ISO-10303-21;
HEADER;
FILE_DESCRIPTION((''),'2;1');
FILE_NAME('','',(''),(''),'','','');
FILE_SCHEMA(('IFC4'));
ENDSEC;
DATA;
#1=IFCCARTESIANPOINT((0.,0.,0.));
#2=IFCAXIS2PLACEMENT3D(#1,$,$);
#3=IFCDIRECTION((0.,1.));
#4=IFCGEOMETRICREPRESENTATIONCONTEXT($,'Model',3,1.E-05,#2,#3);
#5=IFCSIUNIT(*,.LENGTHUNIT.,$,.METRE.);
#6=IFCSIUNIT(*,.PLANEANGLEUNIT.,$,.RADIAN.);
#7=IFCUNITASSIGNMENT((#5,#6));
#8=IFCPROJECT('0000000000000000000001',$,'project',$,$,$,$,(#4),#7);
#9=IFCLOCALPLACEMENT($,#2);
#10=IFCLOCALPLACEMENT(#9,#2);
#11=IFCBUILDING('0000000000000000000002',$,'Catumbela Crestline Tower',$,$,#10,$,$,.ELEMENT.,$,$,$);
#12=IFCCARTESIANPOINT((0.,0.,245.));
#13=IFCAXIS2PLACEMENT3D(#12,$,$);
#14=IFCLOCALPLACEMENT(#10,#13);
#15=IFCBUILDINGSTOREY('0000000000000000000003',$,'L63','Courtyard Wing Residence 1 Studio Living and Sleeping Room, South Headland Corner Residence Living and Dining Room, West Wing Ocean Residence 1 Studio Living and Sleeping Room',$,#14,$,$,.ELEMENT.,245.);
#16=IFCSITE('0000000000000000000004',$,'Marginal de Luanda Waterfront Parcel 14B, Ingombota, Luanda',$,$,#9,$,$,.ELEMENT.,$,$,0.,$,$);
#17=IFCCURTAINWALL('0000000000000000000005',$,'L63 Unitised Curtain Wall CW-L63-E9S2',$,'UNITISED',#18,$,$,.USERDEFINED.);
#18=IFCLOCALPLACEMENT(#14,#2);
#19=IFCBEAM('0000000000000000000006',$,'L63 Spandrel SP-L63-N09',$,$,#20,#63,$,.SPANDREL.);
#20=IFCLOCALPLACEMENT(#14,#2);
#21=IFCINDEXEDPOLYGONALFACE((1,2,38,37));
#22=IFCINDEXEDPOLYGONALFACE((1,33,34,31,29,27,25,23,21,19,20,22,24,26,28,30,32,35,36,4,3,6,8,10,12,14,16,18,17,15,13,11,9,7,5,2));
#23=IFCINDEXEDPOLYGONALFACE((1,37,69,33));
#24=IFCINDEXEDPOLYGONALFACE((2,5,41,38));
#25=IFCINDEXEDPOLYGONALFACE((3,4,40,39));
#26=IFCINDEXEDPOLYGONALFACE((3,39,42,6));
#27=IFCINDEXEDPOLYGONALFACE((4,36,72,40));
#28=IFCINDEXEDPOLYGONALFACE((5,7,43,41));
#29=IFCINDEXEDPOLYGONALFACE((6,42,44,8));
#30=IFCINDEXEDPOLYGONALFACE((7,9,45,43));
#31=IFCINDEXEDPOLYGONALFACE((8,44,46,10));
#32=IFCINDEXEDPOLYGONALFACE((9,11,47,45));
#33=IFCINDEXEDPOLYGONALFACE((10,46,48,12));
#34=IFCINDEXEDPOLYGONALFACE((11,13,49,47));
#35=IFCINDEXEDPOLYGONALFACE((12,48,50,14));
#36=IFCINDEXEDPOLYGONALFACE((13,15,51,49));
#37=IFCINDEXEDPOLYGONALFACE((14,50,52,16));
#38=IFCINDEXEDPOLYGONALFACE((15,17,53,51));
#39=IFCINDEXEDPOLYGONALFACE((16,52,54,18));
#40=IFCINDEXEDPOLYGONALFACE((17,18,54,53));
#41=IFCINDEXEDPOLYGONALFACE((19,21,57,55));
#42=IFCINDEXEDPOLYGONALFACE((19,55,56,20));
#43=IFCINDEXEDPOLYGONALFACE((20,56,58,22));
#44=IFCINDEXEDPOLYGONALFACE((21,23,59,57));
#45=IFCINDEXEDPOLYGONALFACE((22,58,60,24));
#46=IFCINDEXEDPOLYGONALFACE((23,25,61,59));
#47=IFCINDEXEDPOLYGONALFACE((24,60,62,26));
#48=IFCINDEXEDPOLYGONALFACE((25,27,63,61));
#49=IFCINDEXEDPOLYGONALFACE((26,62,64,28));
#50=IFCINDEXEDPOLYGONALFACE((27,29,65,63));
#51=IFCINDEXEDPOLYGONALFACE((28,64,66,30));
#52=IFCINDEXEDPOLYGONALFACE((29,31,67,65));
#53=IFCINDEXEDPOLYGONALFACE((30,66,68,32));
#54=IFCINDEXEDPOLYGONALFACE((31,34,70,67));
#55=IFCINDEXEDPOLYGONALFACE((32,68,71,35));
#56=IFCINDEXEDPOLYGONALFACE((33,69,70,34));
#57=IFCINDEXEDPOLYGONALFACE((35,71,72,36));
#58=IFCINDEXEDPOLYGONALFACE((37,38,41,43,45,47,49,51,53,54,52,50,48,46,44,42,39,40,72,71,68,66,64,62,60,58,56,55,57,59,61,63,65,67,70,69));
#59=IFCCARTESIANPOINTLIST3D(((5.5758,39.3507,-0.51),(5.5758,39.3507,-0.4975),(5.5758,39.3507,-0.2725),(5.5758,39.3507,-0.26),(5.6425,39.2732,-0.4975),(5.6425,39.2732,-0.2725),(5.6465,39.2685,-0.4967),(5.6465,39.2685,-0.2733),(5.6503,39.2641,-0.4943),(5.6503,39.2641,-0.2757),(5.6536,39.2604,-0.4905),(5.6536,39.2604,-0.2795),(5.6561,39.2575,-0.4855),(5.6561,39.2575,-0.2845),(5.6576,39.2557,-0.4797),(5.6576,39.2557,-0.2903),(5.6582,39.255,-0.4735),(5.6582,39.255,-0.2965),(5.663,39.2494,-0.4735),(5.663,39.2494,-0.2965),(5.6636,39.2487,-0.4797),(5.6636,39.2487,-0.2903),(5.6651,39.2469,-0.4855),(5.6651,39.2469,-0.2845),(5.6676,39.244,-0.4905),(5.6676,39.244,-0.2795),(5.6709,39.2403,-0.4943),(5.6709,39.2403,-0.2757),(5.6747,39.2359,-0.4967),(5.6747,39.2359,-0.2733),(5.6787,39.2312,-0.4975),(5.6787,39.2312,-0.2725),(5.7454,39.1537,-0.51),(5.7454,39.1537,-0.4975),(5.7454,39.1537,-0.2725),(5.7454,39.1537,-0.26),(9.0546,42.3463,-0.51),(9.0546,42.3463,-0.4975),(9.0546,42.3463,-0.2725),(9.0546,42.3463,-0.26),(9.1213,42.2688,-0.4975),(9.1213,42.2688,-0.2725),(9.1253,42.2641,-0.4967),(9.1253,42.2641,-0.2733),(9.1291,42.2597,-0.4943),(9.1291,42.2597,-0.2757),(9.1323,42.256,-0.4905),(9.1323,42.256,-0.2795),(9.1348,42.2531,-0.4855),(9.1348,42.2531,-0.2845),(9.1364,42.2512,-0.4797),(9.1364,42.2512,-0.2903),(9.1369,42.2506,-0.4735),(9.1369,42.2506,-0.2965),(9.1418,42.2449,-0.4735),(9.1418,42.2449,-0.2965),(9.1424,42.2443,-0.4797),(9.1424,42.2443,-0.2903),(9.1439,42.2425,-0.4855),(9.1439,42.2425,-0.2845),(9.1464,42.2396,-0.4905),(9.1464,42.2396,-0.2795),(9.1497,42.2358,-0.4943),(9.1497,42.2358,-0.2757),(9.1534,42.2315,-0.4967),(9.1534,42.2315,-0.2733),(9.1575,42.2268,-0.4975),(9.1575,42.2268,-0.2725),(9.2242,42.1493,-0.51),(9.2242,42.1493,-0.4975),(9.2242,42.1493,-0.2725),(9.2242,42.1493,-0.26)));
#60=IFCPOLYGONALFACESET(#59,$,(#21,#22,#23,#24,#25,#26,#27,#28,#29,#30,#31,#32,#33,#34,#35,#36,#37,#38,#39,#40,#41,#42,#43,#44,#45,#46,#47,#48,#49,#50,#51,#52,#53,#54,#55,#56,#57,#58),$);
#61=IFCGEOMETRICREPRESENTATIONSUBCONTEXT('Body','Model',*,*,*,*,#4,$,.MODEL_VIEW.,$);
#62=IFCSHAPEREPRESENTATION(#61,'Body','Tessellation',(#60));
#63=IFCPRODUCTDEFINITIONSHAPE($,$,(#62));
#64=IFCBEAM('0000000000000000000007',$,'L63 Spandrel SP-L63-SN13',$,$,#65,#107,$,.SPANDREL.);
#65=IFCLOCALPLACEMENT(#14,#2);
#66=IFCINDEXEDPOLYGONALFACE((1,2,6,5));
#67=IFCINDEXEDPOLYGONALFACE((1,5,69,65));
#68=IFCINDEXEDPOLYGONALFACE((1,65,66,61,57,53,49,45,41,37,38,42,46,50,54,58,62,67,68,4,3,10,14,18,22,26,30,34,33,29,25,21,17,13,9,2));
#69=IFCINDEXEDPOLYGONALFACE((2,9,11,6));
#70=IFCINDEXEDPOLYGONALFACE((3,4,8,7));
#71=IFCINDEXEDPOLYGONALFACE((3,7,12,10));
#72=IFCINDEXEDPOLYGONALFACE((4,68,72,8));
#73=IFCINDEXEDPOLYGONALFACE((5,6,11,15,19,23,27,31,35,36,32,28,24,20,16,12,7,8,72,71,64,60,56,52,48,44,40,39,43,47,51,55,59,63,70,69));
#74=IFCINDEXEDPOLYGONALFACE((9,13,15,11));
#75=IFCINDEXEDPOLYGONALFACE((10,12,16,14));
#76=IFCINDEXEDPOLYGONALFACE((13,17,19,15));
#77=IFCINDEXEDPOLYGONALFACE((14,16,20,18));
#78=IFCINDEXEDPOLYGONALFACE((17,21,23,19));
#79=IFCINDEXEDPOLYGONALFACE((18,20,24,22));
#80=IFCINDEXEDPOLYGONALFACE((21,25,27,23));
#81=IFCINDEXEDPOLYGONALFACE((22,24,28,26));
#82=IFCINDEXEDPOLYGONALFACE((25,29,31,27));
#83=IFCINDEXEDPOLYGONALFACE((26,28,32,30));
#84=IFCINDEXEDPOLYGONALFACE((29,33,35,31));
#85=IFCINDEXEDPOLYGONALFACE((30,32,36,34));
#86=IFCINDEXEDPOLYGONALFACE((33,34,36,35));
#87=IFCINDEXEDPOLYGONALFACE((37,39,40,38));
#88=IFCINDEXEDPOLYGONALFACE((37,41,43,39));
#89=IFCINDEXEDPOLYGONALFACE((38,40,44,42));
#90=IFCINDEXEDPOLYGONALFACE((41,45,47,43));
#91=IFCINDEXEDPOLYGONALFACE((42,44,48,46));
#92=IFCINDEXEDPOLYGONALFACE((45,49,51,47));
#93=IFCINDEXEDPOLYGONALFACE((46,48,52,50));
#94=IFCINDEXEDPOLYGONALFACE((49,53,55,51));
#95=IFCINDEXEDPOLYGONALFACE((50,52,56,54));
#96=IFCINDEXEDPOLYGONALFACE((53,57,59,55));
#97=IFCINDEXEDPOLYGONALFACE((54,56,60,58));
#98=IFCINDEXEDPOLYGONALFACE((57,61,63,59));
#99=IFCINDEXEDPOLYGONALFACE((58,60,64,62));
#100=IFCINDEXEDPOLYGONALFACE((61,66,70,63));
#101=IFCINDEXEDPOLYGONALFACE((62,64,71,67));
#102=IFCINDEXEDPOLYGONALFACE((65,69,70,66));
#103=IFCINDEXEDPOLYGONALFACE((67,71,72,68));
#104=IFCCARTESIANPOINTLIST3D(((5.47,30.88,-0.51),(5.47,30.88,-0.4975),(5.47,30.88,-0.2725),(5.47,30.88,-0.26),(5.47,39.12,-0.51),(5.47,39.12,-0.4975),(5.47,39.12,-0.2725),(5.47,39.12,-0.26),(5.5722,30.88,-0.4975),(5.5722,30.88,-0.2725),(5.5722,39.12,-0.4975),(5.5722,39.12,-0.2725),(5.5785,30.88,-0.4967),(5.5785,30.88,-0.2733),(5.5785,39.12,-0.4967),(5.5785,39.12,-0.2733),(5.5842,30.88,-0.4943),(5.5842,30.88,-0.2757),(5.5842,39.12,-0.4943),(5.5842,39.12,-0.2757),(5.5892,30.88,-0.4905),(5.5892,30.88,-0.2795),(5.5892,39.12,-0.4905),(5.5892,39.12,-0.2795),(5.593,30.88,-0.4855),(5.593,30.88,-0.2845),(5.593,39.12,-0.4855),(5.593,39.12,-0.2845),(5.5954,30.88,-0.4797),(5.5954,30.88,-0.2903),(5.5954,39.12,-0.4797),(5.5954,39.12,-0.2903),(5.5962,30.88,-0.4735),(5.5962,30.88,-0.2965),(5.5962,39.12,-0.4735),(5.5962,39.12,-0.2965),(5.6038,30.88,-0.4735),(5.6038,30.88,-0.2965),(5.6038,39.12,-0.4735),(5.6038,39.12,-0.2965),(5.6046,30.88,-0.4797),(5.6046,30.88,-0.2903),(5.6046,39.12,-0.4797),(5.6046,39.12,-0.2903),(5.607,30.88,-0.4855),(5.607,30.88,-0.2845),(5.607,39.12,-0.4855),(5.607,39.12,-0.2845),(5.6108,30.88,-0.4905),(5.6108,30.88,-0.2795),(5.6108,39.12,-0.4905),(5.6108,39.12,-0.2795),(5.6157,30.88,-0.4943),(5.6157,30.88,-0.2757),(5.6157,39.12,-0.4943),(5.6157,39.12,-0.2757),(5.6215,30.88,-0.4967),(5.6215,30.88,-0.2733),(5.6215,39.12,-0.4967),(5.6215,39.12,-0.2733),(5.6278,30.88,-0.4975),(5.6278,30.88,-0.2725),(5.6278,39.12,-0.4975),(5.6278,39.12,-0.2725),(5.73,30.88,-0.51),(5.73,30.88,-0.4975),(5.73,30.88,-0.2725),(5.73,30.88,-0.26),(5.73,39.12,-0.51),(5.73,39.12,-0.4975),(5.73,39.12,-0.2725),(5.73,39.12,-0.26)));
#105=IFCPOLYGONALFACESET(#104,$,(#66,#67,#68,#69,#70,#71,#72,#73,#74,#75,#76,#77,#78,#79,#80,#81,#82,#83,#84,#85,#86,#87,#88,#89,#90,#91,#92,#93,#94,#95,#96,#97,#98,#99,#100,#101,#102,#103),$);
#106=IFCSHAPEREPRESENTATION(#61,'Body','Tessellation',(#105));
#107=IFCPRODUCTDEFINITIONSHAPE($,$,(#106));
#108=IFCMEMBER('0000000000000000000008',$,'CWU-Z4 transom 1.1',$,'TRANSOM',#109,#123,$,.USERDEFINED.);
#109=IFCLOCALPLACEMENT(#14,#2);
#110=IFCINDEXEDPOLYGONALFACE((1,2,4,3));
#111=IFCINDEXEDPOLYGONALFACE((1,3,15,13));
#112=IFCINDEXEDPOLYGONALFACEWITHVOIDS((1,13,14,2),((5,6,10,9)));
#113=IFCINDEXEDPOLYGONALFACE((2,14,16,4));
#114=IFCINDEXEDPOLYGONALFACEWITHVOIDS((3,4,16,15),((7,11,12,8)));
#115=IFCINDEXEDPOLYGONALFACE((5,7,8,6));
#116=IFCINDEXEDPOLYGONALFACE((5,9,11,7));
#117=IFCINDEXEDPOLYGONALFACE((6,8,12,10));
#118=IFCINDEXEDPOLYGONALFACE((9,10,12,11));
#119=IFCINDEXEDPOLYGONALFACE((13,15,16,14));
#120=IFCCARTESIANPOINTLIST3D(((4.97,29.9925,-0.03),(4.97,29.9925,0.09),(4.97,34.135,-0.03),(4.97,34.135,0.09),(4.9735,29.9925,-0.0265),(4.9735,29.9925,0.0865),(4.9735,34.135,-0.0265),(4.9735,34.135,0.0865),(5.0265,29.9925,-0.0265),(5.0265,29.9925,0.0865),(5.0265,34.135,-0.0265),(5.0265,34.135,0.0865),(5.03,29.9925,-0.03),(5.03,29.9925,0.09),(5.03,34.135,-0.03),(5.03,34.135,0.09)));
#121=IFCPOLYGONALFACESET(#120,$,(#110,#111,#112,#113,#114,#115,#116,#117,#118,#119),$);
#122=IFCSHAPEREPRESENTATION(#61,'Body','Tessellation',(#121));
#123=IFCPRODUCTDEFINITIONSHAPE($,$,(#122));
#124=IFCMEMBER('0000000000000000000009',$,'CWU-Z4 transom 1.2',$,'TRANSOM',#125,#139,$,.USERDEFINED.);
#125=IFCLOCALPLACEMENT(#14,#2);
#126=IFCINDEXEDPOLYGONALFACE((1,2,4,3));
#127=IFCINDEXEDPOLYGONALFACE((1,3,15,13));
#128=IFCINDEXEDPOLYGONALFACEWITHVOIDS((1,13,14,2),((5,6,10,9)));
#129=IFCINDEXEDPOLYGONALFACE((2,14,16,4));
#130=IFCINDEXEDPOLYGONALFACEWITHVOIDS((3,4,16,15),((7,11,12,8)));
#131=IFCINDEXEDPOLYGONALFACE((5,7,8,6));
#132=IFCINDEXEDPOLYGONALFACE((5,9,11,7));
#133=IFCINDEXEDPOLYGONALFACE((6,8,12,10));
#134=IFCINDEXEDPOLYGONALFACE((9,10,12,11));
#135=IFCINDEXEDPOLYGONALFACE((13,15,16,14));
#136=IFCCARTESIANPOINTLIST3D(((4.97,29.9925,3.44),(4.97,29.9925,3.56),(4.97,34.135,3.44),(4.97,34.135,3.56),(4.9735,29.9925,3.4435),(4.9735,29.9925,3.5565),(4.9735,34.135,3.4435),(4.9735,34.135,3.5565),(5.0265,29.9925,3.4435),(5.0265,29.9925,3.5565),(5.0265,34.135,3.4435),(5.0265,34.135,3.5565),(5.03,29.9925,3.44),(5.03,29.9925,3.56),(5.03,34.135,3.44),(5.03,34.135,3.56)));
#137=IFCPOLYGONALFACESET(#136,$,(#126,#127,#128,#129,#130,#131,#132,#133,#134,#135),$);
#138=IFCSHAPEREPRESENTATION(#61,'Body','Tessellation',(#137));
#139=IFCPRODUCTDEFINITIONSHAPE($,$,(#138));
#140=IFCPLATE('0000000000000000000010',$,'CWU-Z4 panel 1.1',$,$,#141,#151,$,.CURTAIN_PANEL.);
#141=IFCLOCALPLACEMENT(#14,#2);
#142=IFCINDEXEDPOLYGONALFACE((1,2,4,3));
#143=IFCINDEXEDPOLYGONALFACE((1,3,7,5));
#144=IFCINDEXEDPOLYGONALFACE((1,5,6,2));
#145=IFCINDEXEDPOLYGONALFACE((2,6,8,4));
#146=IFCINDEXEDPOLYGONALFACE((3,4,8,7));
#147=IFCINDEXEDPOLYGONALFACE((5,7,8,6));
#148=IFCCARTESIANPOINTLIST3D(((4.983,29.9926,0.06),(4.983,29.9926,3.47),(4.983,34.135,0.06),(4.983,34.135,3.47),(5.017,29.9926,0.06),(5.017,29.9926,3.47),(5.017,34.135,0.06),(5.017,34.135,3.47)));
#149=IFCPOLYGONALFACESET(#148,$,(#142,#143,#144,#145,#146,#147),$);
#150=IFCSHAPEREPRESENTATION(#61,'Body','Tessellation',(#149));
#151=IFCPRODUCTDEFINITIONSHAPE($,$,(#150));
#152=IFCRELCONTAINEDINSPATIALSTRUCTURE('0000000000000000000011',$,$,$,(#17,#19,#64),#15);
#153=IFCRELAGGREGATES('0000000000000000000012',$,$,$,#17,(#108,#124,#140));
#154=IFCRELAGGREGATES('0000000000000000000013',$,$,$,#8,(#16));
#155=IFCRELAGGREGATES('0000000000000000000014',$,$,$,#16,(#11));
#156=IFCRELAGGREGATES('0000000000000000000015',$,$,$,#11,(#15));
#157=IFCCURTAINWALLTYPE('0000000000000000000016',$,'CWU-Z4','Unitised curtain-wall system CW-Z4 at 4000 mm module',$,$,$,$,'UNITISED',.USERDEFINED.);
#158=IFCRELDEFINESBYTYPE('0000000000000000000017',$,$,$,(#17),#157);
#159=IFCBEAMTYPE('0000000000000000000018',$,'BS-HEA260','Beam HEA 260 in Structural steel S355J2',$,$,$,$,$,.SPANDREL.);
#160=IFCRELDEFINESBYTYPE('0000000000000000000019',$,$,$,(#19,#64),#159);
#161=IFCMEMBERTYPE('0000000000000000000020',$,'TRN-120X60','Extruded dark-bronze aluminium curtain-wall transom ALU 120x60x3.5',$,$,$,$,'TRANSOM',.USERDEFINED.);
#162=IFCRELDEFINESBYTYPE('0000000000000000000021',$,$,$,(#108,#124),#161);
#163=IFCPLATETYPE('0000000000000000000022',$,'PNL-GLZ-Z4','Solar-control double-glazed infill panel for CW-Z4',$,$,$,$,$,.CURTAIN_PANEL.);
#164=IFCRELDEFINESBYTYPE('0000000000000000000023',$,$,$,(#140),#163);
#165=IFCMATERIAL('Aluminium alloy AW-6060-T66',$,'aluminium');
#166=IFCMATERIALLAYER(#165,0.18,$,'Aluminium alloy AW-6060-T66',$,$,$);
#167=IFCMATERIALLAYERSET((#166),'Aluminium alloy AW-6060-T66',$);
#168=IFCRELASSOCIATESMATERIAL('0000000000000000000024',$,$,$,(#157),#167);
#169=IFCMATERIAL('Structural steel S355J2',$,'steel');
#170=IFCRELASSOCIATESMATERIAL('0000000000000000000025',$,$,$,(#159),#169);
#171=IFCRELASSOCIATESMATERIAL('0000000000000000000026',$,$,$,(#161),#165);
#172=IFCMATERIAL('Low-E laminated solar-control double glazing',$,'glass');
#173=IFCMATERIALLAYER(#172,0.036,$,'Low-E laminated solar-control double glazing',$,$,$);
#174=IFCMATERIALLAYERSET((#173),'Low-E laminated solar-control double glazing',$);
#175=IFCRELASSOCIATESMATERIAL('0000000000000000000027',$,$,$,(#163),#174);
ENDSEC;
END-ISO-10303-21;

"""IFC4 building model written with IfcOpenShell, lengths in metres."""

from ifc_helpers import new_model, si_unit, direction, frame, origin, origin_2d, place, context, subcontext, project, spatial, rectangle, hollow_rectangle, i_section, extrude, material, layer, layer_set, material_profile, profile_set, type_object, element, aggregate, save


model = new_model("IFC4")

# Units and contexts
model_context = context("Model", 3, precision=1e-05, world=origin(), true_north=direction((0.0, 1.0)))
body_context = subcontext(model_context, "Body", "Model", "MODEL_VIEW")
ifc_project = project(units=[si_unit("LENGTHUNIT", "METRE"), si_unit("PLANEANGLEUNIT", "RADIAN")], contexts=[model_context])

# Site, building, storey
site_placement = place(None, origin())
site = spatial("IfcSite", under=ifc_project, at=site_placement, Name="Marginal de Luanda Waterfront Parcel 14B, Ingombota, Luanda", CompositionType="ELEMENT", RefElevation=0.0)
building_placement = place(site_placement, origin())
building = spatial("IfcBuilding", under=site, at=building_placement, Name="Catumbela Crestline Tower", CompositionType="ELEMENT")
storey_placement = place(building_placement, frame((0.0, 0.0, 245.0)))
storey = spatial("IfcBuildingStorey", under=building, at=storey_placement, Name="L63", Description="Courtyard Wing Residence 1 Studio Living and Sleeping Room, South Headland Corner Residence Living and Dining Room, West Wing Ocean Residence 1 Studio Living and Sleeping Room", CompositionType="ELEMENT", Elevation=245.0)

# Shared definitions
ifc_material_1 = material(Name="Structural steel S355J2", Category="steel")

# Curtain wall
ifc_material_2 = material(Name="Aluminium alloy AW-6060-T66", Category="aluminium")
ifc_layer_1 = layer(ifc_material_2, 0.18, Name="Aluminium alloy AW-6060-T66")
ifc_layer_set_1 = layer_set([ifc_layer_1], Name="Aluminium alloy AW-6060-T66")
curtain_wall_type = type_object("IfcCurtainWallType", Name="CWU-Z4", Description="Unitised curtain-wall system CW-Z4 at 4000 mm module", ElementType="UNITISED", PredefinedType="USERDEFINED", material=ifc_layer_set_1)
curtain_wall_placement = place(storey_placement, origin())
curtain_wall = element("IfcCurtainWall", 1, at=curtain_wall_placement, inside=storey, type_object=curtain_wall_type, Name="L63 Unitised Curtain Wall CW-L63-E9S2", ObjectType="UNITISED", PredefinedType="USERDEFINED")

# Beams
ifc_material_profile_1 = material_profile(ifc_material_1, i_section(OverallWidth=0.26, OverallDepth=0.25, WebThickness=0.0075, FlangeThickness=0.0125, FilletRadius=0.024, at=origin_2d()), Name="HEA 260")
ifc_profile_set_1 = profile_set([ifc_material_profile_1], Name="Structural steel S355J2")
beam_type_1 = type_object("IfcBeamType", Name="BS-HEA260", Description="Beam HEA 260 in Structural steel S355J2", PredefinedType="SPANDREL", material=ifc_profile_set_1)
beam_1_placement = place(storey_placement, frame((5.6606, 39.2522, -0.385), z_axis=(0.757772, 0.652519, 0.0), x_axis=(-0.652519, 0.757772, 0.0)))
element("IfcBeam", 2, at=beam_1_placement, inside=storey, type_object=beam_type_1, Name="L63 Spandrel SP-L63-N09", PredefinedType="SPANDREL", context=body_context, shape_type="SweptSolid", body=[
    extrude(i_section(OverallWidth=0.26, OverallDepth=0.25, WebThickness=0.0075, FlangeThickness=0.0125, FilletRadius=0.024, at=origin_2d()), origin(), (0.0, 0.0, 1.0), 4.5908),
])
beam_2_placement = place(storey_placement, frame((5.6, 30.88, -0.385), z_axis=(0.0, 1.0, 0.0), x_axis=(-1.0, 0.0, 0.0)))
element("IfcBeam", 3, at=beam_2_placement, inside=storey, type_object=beam_type_1, Name="L63 Spandrel SP-L63-SN13", PredefinedType="SPANDREL", context=body_context, shape_type="SweptSolid", body=[
    extrude(i_section(OverallWidth=0.26, OverallDepth=0.25, WebThickness=0.0075, FlangeThickness=0.0125, FilletRadius=0.024, at=origin_2d()), origin(), (0.0, 0.0, 1.0), 8.24),
])

# Members
ifc_material_profile_2 = material_profile(ifc_material_2, hollow_rectangle(XDim=0.06, YDim=0.12, WallThickness=0.0035, at=origin_2d()), Name="ALU 120x60x3.5")
ifc_profile_set_2 = profile_set([ifc_material_profile_2], Name="Aluminium alloy AW-6060-T66")
member_type_1 = type_object("IfcMemberType", Name="TRN-120X60", Description="Extruded dark-bronze aluminium curtain-wall transom ALU 120x60x3.5", ElementType="TRANSOM", PredefinedType="USERDEFINED", material=ifc_profile_set_2)
member_1_placement = place(storey_placement, frame((5.0, 34.135, 0.03), z_axis=(0.0, -1.0, 0.0), x_axis=(1.0, 0.0, 0.0)))
member_1 = element("IfcMember", 4, at=member_1_placement, type_object=member_type_1, Name="CWU-Z4 transom 1.1", ObjectType="TRANSOM", PredefinedType="USERDEFINED", context=body_context, shape_type="SweptSolid", body=[
    extrude(hollow_rectangle(XDim=0.06, YDim=0.12, WallThickness=0.0035, at=origin_2d()), origin(), (0.0, 0.0, 1.0), 4.1425),
])
member_2_placement = place(storey_placement, frame((5.0, 34.135, 3.5), z_axis=(0.0, -1.0, 0.0), x_axis=(1.0, 0.0, 0.0)))
member_2 = element("IfcMember", 5, at=member_2_placement, type_object=member_type_1, Name="CWU-Z4 transom 1.2", ObjectType="TRANSOM", PredefinedType="USERDEFINED", context=body_context, shape_type="SweptSolid", body=[
    extrude(hollow_rectangle(XDim=0.06, YDim=0.12, WallThickness=0.0035, at=origin_2d()), origin(), (0.0, 0.0, 1.0), 4.1425),
])

# Plate
ifc_material_3 = material(Name="Low-E laminated solar-control double glazing", Category="glass")
ifc_layer_2 = layer(ifc_material_3, 0.036, Name="Low-E laminated solar-control double glazing")
ifc_layer_set_2 = layer_set([ifc_layer_2], Name="Low-E laminated solar-control double glazing")
plate_type = type_object("IfcPlateType", Name="PNL-GLZ-Z4", Description="Solar-control double-glazed infill panel for CW-Z4", PredefinedType="CURTAIN_PANEL", material=ifc_layer_set_2)
plate_placement = place(storey_placement, frame((5.0, 32.0638, 0.06), z_axis=(0.0, 0.0, 1.0), x_axis=(0.0, -1.0, 0.0)))
plate = element("IfcPlate", 6, at=plate_placement, type_object=plate_type, Name="CWU-Z4 panel 1.1", PredefinedType="CURTAIN_PANEL", context=body_context, shape_type="SweptSolid", body=[
    extrude(rectangle(XDim=4.1425, YDim=0.034, at=origin_2d()), origin(), (0.0, 0.0, 1.0), 3.41),
])
aggregate(curtain_wall, [member_1, member_2, plate])

save(model, "model.ifc")
